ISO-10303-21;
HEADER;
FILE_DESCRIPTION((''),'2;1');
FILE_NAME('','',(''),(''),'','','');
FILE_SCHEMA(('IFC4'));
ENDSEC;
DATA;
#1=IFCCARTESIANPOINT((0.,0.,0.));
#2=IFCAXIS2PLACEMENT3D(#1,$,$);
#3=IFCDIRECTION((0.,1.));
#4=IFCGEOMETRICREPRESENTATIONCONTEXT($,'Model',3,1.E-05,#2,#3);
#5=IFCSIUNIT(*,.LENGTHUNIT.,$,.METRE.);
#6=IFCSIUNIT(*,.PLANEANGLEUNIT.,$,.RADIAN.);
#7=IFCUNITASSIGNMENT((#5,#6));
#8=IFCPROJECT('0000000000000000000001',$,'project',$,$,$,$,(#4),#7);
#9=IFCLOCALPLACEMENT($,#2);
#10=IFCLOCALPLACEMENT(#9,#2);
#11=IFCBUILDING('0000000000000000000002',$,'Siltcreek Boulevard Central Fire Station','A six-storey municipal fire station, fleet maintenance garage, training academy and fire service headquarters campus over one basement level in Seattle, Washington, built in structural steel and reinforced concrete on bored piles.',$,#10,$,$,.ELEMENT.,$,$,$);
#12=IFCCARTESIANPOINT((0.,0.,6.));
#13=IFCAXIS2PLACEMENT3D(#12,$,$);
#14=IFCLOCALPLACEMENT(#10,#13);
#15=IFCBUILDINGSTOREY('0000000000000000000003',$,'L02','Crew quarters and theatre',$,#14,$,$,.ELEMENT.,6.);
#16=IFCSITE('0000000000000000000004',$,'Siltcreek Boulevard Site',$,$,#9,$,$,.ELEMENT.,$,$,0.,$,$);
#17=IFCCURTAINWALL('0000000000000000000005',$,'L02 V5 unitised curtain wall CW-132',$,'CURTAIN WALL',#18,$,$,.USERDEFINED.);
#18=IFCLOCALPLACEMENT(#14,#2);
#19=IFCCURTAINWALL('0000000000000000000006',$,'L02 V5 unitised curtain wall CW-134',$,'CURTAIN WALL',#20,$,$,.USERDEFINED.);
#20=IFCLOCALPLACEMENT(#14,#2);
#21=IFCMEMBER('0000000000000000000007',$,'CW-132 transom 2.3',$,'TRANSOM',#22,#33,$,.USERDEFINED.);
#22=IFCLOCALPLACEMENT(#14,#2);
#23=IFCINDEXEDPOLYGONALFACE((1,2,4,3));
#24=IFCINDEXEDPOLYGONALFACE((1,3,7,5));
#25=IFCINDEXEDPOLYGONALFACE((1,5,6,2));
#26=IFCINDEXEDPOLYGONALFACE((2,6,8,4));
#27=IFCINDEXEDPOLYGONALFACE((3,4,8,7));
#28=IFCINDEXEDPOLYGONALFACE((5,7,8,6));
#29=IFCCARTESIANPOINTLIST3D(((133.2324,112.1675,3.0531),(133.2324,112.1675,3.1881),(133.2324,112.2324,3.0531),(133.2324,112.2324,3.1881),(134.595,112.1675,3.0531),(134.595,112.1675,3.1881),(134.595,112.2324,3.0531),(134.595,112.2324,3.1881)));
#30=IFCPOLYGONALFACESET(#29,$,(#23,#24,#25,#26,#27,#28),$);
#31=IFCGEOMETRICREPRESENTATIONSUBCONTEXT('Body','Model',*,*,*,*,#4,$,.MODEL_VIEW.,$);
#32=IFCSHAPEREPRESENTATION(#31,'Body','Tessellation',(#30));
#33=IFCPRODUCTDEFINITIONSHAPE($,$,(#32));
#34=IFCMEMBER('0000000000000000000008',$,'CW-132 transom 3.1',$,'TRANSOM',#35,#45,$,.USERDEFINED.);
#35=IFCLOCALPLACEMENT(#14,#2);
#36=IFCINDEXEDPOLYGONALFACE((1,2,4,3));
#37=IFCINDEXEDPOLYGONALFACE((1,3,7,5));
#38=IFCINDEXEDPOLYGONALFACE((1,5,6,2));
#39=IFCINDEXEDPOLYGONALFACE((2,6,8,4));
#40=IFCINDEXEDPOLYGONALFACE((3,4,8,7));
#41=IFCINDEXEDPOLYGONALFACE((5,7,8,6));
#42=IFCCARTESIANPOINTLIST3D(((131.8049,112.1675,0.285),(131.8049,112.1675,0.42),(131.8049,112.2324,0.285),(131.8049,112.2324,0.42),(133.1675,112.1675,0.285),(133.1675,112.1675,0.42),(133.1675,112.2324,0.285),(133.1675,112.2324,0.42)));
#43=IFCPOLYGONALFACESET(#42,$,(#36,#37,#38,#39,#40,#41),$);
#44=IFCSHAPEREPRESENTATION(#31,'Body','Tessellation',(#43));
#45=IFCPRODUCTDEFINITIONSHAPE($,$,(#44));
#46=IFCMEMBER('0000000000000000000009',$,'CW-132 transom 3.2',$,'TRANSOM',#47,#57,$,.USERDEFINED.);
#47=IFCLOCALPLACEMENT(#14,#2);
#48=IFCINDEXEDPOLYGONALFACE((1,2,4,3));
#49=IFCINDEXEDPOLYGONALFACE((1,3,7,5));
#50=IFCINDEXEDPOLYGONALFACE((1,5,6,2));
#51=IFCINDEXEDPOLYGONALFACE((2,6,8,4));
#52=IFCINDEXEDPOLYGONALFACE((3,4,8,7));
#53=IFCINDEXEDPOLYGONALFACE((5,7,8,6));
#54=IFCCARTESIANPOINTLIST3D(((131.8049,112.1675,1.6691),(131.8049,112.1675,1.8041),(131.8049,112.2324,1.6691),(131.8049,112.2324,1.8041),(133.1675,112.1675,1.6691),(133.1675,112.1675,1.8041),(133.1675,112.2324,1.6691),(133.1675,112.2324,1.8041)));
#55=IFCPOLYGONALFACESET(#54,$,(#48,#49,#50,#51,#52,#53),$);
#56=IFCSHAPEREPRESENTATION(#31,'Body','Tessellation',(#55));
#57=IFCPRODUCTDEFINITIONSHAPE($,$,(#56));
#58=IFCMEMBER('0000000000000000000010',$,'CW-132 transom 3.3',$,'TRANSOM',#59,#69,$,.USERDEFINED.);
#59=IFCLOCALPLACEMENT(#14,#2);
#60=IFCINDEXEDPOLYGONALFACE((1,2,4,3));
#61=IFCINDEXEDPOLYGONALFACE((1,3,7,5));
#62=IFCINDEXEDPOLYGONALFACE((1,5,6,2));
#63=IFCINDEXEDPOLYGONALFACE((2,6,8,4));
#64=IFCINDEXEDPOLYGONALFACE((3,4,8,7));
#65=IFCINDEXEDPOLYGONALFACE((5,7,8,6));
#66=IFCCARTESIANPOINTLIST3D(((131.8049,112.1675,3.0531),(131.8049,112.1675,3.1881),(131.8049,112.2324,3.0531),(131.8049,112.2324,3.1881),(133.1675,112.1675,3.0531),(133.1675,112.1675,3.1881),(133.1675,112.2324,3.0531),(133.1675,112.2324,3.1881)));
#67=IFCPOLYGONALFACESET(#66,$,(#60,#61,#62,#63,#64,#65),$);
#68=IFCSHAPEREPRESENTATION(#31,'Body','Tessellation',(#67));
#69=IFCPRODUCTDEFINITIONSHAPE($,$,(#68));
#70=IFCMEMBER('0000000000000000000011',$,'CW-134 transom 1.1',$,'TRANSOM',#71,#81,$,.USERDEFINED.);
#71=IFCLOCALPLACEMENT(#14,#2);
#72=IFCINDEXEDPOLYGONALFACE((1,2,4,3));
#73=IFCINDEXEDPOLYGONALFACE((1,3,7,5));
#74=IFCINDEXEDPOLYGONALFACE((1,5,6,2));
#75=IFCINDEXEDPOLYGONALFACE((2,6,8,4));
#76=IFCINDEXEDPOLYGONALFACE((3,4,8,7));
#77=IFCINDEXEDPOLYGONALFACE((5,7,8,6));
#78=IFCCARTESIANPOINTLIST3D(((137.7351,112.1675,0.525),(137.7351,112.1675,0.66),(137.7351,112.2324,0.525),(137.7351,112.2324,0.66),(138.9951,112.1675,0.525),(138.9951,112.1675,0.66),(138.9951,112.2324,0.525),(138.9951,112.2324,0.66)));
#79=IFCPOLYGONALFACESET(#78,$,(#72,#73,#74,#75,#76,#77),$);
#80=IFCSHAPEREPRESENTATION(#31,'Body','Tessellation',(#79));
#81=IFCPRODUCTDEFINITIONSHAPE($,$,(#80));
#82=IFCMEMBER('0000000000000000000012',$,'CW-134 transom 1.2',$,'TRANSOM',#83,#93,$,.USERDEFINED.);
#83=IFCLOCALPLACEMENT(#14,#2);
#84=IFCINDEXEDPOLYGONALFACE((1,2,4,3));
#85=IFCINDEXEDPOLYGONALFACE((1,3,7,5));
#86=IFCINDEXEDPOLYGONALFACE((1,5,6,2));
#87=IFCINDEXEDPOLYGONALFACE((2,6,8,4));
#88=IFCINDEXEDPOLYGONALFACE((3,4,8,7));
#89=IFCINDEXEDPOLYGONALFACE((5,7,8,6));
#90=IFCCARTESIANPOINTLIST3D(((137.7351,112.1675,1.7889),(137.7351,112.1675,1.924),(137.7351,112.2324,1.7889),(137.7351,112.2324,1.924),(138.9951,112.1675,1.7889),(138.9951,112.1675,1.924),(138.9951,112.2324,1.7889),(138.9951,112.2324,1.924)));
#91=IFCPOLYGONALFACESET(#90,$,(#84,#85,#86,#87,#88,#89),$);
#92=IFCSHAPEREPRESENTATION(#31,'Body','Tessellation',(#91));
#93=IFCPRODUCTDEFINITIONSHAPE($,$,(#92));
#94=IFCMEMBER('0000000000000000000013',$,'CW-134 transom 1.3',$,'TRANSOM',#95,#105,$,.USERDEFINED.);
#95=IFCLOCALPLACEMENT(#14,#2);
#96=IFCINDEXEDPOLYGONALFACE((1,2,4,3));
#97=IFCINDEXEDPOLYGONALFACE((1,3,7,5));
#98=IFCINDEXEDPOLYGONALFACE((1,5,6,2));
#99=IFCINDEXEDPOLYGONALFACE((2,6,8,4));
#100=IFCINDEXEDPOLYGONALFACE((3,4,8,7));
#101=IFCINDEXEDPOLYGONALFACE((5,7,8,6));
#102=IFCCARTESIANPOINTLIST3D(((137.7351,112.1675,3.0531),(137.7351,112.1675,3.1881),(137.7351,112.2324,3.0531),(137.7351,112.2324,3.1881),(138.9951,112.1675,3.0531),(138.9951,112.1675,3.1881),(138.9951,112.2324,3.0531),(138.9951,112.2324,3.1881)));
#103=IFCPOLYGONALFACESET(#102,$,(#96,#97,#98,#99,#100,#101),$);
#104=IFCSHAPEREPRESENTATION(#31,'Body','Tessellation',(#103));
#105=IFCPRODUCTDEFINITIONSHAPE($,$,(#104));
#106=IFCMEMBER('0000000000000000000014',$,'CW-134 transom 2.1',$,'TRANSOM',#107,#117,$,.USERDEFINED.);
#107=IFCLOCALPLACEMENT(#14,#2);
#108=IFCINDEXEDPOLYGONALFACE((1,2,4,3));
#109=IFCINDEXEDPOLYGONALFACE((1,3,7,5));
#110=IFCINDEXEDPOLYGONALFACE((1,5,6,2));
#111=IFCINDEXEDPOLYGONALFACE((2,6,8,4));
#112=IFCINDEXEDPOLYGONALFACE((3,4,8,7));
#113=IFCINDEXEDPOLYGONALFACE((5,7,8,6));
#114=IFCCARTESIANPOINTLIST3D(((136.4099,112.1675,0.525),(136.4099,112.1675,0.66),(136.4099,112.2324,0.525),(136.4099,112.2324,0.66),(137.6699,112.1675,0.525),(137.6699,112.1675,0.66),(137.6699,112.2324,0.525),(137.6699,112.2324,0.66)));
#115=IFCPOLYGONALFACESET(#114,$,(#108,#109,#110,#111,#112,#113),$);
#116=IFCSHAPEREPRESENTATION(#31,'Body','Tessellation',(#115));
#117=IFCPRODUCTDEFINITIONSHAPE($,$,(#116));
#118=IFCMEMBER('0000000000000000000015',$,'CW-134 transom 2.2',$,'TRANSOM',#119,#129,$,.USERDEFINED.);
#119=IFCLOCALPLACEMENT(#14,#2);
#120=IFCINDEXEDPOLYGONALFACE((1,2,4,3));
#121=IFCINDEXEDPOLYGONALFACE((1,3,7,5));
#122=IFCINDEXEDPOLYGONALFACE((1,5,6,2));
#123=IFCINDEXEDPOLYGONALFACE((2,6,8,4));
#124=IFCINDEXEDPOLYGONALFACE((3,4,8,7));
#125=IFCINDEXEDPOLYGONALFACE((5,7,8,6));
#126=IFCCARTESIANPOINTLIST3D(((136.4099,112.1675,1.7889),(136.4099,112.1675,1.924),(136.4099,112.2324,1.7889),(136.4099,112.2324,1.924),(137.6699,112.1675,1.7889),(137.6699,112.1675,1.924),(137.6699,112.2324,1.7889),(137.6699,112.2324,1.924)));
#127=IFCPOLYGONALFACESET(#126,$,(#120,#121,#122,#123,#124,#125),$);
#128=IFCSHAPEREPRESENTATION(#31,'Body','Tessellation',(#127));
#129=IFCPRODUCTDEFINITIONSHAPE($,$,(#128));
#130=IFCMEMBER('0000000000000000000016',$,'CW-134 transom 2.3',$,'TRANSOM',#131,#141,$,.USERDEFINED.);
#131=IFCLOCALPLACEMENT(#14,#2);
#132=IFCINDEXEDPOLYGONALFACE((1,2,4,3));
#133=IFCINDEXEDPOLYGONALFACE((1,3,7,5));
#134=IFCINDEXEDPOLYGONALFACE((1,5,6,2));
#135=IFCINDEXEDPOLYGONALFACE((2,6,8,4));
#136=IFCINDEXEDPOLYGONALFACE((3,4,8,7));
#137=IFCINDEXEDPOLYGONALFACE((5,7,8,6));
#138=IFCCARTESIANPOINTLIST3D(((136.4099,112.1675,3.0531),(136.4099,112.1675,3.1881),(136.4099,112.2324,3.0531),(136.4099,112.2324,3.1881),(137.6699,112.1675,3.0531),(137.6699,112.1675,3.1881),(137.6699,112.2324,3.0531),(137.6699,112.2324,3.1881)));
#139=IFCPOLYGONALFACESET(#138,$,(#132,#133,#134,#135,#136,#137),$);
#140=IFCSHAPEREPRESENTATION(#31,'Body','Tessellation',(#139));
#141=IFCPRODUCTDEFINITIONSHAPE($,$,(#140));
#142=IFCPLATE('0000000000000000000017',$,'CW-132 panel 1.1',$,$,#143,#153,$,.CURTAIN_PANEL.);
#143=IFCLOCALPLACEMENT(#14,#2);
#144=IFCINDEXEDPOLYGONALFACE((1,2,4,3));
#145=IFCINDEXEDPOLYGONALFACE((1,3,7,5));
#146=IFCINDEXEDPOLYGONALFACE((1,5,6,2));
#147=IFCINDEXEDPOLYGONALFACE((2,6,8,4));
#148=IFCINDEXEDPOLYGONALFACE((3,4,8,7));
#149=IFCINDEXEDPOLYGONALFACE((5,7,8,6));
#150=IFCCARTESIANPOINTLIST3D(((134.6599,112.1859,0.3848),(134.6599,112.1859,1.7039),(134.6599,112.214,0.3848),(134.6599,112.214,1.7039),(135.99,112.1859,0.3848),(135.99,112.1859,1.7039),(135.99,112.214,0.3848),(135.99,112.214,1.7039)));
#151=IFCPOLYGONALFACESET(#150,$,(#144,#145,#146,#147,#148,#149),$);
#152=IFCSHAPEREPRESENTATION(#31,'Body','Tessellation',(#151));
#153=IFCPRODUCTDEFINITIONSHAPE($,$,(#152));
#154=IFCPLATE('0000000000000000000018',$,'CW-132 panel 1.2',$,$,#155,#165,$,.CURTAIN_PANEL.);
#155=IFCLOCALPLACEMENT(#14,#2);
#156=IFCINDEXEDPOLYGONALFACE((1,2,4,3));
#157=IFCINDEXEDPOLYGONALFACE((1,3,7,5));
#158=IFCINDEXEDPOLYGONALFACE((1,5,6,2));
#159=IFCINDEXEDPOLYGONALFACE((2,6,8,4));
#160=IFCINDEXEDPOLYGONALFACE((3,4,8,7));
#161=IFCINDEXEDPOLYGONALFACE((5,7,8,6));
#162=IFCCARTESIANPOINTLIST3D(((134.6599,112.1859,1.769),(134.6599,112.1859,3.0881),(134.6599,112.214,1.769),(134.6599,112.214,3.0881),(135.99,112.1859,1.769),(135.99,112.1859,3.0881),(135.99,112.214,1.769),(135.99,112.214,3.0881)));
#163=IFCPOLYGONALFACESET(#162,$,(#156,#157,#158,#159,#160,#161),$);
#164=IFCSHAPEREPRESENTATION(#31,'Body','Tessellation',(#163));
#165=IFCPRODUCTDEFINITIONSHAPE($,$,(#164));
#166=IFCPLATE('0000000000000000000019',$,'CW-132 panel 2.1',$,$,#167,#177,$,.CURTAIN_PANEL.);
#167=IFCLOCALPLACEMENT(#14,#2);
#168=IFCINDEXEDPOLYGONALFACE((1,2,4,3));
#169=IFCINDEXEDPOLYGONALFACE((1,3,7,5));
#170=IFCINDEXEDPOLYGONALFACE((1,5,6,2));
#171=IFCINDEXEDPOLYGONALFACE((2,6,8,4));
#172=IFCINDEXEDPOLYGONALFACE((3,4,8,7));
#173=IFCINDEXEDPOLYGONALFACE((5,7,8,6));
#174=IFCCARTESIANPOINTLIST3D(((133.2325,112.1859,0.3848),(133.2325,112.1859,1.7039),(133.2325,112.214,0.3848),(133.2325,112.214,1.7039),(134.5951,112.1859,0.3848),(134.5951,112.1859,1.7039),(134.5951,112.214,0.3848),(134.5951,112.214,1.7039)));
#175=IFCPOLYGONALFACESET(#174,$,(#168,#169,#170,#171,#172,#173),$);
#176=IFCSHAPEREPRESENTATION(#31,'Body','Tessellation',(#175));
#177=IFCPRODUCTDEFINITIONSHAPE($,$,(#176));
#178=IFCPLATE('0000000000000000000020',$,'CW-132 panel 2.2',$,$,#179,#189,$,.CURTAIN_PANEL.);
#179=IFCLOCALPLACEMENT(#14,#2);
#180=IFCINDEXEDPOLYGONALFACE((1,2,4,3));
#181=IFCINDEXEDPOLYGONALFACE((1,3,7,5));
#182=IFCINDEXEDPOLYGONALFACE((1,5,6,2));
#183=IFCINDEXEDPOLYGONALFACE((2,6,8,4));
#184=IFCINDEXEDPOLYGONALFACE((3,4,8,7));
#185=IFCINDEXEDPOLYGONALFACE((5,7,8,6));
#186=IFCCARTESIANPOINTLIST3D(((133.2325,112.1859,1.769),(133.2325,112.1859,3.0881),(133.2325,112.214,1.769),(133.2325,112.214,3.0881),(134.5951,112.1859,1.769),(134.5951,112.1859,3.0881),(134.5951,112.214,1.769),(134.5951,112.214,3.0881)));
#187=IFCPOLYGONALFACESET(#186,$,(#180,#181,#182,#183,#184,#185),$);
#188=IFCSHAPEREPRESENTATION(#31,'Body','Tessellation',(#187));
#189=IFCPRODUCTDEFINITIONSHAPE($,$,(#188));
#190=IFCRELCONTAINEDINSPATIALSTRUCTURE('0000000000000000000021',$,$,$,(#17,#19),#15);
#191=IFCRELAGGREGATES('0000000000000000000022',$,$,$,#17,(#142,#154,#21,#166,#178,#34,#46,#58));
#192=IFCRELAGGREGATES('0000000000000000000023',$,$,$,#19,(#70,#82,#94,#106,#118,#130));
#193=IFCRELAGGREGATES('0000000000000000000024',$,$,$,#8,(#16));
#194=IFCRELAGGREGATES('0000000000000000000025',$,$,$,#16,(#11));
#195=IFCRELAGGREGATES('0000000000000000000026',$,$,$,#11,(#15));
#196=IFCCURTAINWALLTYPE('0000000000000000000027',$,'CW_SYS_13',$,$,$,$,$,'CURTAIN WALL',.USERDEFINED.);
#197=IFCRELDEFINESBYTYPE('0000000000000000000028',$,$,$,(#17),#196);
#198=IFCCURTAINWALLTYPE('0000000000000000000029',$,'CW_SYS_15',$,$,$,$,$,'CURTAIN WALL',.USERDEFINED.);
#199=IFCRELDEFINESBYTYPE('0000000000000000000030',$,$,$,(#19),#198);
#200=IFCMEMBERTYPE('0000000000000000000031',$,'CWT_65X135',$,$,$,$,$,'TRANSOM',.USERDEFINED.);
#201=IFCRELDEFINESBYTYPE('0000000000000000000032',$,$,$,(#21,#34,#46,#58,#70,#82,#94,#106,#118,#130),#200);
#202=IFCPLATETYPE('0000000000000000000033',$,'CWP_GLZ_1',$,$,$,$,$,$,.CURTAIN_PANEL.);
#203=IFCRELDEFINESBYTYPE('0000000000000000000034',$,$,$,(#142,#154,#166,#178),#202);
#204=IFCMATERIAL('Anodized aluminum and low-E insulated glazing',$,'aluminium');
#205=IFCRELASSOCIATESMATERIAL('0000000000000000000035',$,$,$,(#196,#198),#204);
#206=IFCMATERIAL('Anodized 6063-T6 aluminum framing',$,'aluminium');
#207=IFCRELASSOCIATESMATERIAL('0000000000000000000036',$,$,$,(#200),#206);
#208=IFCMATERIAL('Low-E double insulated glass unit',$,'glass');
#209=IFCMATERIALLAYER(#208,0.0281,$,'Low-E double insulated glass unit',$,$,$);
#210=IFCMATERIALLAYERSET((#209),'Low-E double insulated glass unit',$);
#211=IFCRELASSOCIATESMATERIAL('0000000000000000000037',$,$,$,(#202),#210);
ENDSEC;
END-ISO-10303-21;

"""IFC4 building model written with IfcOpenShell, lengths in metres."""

from ifc_helpers import new_model, si_unit, direction, frame, origin, origin_2d, place, context, subcontext, project, spatial, rectangle, extrude, material, layer, layer_set, material_profile, profile_set, type_object, element, aggregate, save


model = new_model("IFC4")

# Units and contexts
model_context = context("Model", 3, precision=1e-05, world=origin(), true_north=direction((0.0, 1.0)))
body_context = subcontext(model_context, "Body", "Model", "MODEL_VIEW")
ifc_project = project(units=[si_unit("LENGTHUNIT", "METRE"), si_unit("PLANEANGLEUNIT", "RADIAN")], contexts=[model_context])

# Site, building, storey
site_placement = place(None, origin())
site = spatial("IfcSite", under=ifc_project, at=site_placement, Name="Siltcreek Boulevard Site", CompositionType="ELEMENT", RefElevation=0.0)
building_placement = place(site_placement, origin())
building = spatial("IfcBuilding", under=site, at=building_placement, Name="Siltcreek Boulevard Central Fire Station", Description="A six-storey municipal fire station, fleet maintenance garage, training academy and fire service headquarters campus over one basement level in Seattle, Washington, built in structural steel and reinforced concrete on bored piles.", CompositionType="ELEMENT")
storey_placement = place(building_placement, frame((0.0, 0.0, 6.0)))
storey = spatial("IfcBuildingStorey", under=building, at=storey_placement, Name="L02", Description="Crew quarters and theatre", CompositionType="ELEMENT", Elevation=6.0)

# Curtain walls
ifc_material_1 = material(Name="Anodized aluminum and low-E insulated glazing", Category="aluminium")
curtain_wall_type_1 = type_object("IfcCurtainWallType", Name="CW_SYS_13", ElementType="CURTAIN WALL", PredefinedType="USERDEFINED", material=ifc_material_1)
curtain_wall_1_placement = place(storey_placement, origin())
curtain_wall_1 = element("IfcCurtainWall", 1, at=curtain_wall_1_placement, inside=storey, type_object=curtain_wall_type_1, Name="L02 V5 unitised curtain wall CW-132", ObjectType="CURTAIN WALL", PredefinedType="USERDEFINED")
ifc_material_2 = material(Name="Anodized 6063-T6 aluminum framing", Category="aluminium")
curtain_wall_type_2 = type_object("IfcCurtainWallType", Name="CW_SYS_15", ElementType="CURTAIN WALL", PredefinedType="USERDEFINED", material=ifc_material_1)
curtain_wall_2_placement = place(storey_placement, origin())
curtain_wall_2 = element("IfcCurtainWall", 2, at=curtain_wall_2_placement, inside=storey, type_object=curtain_wall_type_2, Name="L02 V5 unitised curtain wall CW-134", ObjectType="CURTAIN WALL", PredefinedType="USERDEFINED")

# Members
ifc_material_profile_1 = material_profile(ifc_material_2, rectangle(XDim=0.0649, YDim=0.135, at=origin_2d()), Name="TRAN65X135")
ifc_profile_set_1 = profile_set([ifc_material_profile_1], Name="Anodized 6063-T6 aluminum framing")
member_type_1 = type_object("IfcMemberType", Name="CWT_65X135", ElementType="TRANSOM", PredefinedType="USERDEFINED", material=ifc_profile_set_1)
member_1_placement = place(storey_placement, frame((134.595, 112.2, 3.1206), z_axis=(-1.0, 0.0, 0.0), x_axis=(0.0, -1.0, 0.0)))
member_1 = element("IfcMember", 3, at=member_1_placement, type_object=member_type_1, Name="CW-132 transom 2.3", ObjectType="TRANSOM", PredefinedType="USERDEFINED", context=body_context, shape_type="SweptSolid", body=[
    extrude(rectangle(XDim=0.0649, YDim=0.135, at=origin_2d()), origin(), (0.0, 0.0, 1.0), 1.3625),
])
member_2_placement = place(storey_placement, frame((133.1675, 112.2, 0.3525), z_axis=(-1.0, 0.0, 0.0), x_axis=(0.0, -1.0, 0.0)))
member_2 = element("IfcMember", 4, at=member_2_placement, type_object=member_type_1, Name="CW-132 transom 3.1", ObjectType="TRANSOM", PredefinedType="USERDEFINED", context=body_context, shape_type="SweptSolid", body=[
    extrude(rectangle(XDim=0.0649, YDim=0.135, at=origin_2d()), origin(), (0.0, 0.0, 1.0), 1.3625),
])
member_3_placement = place(storey_placement, frame((133.1675, 112.2, 1.7366), z_axis=(-1.0, 0.0, 0.0), x_axis=(0.0, -1.0, 0.0)))
member_3 = element("IfcMember", 5, at=member_3_placement, type_object=member_type_1, Name="CW-132 transom 3.2", ObjectType="TRANSOM", PredefinedType="USERDEFINED", context=body_context, shape_type="SweptSolid", body=[
    extrude(rectangle(XDim=0.0649, YDim=0.135, at=origin_2d()), origin(), (0.0, 0.0, 1.0), 1.3625),
])
member_4_placement = place(storey_placement, frame((133.1675, 112.2, 3.1206), z_axis=(-1.0, 0.0, 0.0), x_axis=(0.0, -1.0, 0.0)))
member_4 = element("IfcMember", 6, at=member_4_placement, type_object=member_type_1, Name="CW-132 transom 3.3", ObjectType="TRANSOM", PredefinedType="USERDEFINED", context=body_context, shape_type="SweptSolid", body=[
    extrude(rectangle(XDim=0.0649, YDim=0.135, at=origin_2d()), origin(), (0.0, 0.0, 1.0), 1.3625),
])
member_5_placement = place(storey_placement, frame((138.9951, 112.2, 0.5925), z_axis=(-1.0, 0.0, 0.0), x_axis=(0.0, -1.0, 0.0)))
member_5 = element("IfcMember", 7, at=member_5_placement, type_object=member_type_1, Name="CW-134 transom 1.1", ObjectType="TRANSOM", PredefinedType="USERDEFINED", context=body_context, shape_type="SweptSolid", body=[
    extrude(rectangle(XDim=0.0649, YDim=0.135, at=origin_2d()), origin(), (0.0, 0.0, 1.0), 1.26),
])
member_6_placement = place(storey_placement, frame((138.9951, 112.2, 1.8564), z_axis=(-1.0, 0.0, 0.0), x_axis=(0.0, -1.0, 0.0)))
member_6 = element("IfcMember", 8, at=member_6_placement, type_object=member_type_1, Name="CW-134 transom 1.2", ObjectType="TRANSOM", PredefinedType="USERDEFINED", context=body_context, shape_type="SweptSolid", body=[
    extrude(rectangle(XDim=0.0649, YDim=0.135, at=origin_2d()), origin(), (0.0, 0.0, 1.0), 1.26),
])
member_7_placement = place(storey_placement, frame((138.9951, 112.2, 3.1206), z_axis=(-1.0, 0.0, 0.0), x_axis=(0.0, -1.0, 0.0)))
member_7 = element("IfcMember", 9, at=member_7_placement, type_object=member_type_1, Name="CW-134 transom 1.3", ObjectType="TRANSOM", PredefinedType="USERDEFINED", context=body_context, shape_type="SweptSolid", body=[
    extrude(rectangle(XDim=0.0649, YDim=0.135, at=origin_2d()), origin(), (0.0, 0.0, 1.0), 1.26),
])
member_8_placement = place(storey_placement, frame((137.6699, 112.2, 0.5925), z_axis=(-1.0, 0.0, 0.0), x_axis=(0.0, -1.0, 0.0)))
member_8 = element("IfcMember", 10, at=member_8_placement, type_object=member_type_1, Name="CW-134 transom 2.1", ObjectType="TRANSOM", PredefinedType="USERDEFINED", context=body_context, shape_type="SweptSolid", body=[
    extrude(rectangle(XDim=0.0649, YDim=0.135, at=origin_2d()), origin(), (0.0, 0.0, 1.0), 1.26),
])
member_9_placement = place(storey_placement, frame((137.6699, 112.2, 1.8564), z_axis=(-1.0, 0.0, 0.0), x_axis=(0.0, -1.0, 0.0)))
member_9 = element("IfcMember", 11, at=member_9_placement, type_object=member_type_1, Name="CW-134 transom 2.2", ObjectType="TRANSOM", PredefinedType="USERDEFINED", context=body_context, shape_type="SweptSolid", body=[
    extrude(rectangle(XDim=0.0649, YDim=0.135, at=origin_2d()), origin(), (0.0, 0.0, 1.0), 1.26),
])
member_10_placement = place(storey_placement, frame((137.6699, 112.2, 3.1206), z_axis=(-1.0, 0.0, 0.0), x_axis=(0.0, -1.0, 0.0)))
member_10 = element("IfcMember", 12, at=member_10_placement, type_object=member_type_1, Name="CW-134 transom 2.3", ObjectType="TRANSOM", PredefinedType="USERDEFINED", context=body_context, shape_type="SweptSolid", body=[
    extrude(rectangle(XDim=0.0649, YDim=0.135, at=origin_2d()), origin(), (0.0, 0.0, 1.0), 1.26),
])

# Plates
ifc_material_3 = material(Name="Low-E double insulated glass unit", Category="glass")
ifc_layer_1 = layer(ifc_material_3, 0.0281, Name="Low-E double insulated glass unit")
ifc_layer_set_1 = layer_set([ifc_layer_1], Name="Low-E double insulated glass unit")
plate_type_1 = type_object("IfcPlateType", Name="CWP_GLZ_1", PredefinedType="CURTAIN_PANEL", material=ifc_layer_set_1)
plate_1_placement = place(storey_placement, frame((135.325, 112.2, 0.3848), z_axis=(0.0, 0.0, 1.0), x_axis=(-1.0, 0.0, 0.0)))
plate_1 = element("IfcPlate", 13, at=plate_1_placement, type_object=plate_type_1, Name="CW-132 panel 1.1", PredefinedType="CURTAIN_PANEL", context=body_context, shape_type="SweptSolid", body=[
    extrude(rectangle(XDim=1.3301, YDim=0.0281, at=origin_2d()), origin(), (0.0, 0.0, 1.0), 1.3191),
])
plate_2_placement = place(storey_placement, frame((135.325, 112.2, 1.769), z_axis=(0.0, 0.0, 1.0), x_axis=(-1.0, 0.0, 0.0)))
plate_2 = element("IfcPlate", 14, at=plate_2_placement, type_object=plate_type_1, Name="CW-132 panel 1.2", PredefinedType="CURTAIN_PANEL", context=body_context, shape_type="SweptSolid", body=[
    extrude(rectangle(XDim=1.3301, YDim=0.0281, at=origin_2d()), origin(), (0.0, 0.0, 1.0), 1.3191),
])
plate_3_placement = place(storey_placement, frame((133.9138, 112.2, 0.3848), z_axis=(0.0, 0.0, 1.0), x_axis=(-1.0, 0.0, 0.0)))
plate_3 = element("IfcPlate", 15, at=plate_3_placement, type_object=plate_type_1, Name="CW-132 panel 2.1", PredefinedType="CURTAIN_PANEL", context=body_context, shape_type="SweptSolid", body=[
    extrude(rectangle(XDim=1.3625, YDim=0.0281, at=origin_2d()), origin(), (0.0, 0.0, 1.0), 1.3191),
])
plate_4_placement = place(storey_placement, frame((133.9138, 112.2, 1.769), z_axis=(0.0, 0.0, 1.0), x_axis=(-1.0, 0.0, 0.0)))
plate_4 = element("IfcPlate", 16, at=plate_4_placement, type_object=plate_type_1, Name="CW-132 panel 2.2", PredefinedType="CURTAIN_PANEL", context=body_context, shape_type="SweptSolid", body=[
    extrude(rectangle(XDim=1.3625, YDim=0.0281, at=origin_2d()), origin(), (0.0, 0.0, 1.0), 1.3191),
])
aggregate(curtain_wall_1, [plate_1, plate_2, member_1, plate_3, plate_4, member_2, member_3, member_4])
aggregate(curtain_wall_2, [member_5, member_6, member_7, member_8, member_9, member_10])

save(model, "model.ifc")
